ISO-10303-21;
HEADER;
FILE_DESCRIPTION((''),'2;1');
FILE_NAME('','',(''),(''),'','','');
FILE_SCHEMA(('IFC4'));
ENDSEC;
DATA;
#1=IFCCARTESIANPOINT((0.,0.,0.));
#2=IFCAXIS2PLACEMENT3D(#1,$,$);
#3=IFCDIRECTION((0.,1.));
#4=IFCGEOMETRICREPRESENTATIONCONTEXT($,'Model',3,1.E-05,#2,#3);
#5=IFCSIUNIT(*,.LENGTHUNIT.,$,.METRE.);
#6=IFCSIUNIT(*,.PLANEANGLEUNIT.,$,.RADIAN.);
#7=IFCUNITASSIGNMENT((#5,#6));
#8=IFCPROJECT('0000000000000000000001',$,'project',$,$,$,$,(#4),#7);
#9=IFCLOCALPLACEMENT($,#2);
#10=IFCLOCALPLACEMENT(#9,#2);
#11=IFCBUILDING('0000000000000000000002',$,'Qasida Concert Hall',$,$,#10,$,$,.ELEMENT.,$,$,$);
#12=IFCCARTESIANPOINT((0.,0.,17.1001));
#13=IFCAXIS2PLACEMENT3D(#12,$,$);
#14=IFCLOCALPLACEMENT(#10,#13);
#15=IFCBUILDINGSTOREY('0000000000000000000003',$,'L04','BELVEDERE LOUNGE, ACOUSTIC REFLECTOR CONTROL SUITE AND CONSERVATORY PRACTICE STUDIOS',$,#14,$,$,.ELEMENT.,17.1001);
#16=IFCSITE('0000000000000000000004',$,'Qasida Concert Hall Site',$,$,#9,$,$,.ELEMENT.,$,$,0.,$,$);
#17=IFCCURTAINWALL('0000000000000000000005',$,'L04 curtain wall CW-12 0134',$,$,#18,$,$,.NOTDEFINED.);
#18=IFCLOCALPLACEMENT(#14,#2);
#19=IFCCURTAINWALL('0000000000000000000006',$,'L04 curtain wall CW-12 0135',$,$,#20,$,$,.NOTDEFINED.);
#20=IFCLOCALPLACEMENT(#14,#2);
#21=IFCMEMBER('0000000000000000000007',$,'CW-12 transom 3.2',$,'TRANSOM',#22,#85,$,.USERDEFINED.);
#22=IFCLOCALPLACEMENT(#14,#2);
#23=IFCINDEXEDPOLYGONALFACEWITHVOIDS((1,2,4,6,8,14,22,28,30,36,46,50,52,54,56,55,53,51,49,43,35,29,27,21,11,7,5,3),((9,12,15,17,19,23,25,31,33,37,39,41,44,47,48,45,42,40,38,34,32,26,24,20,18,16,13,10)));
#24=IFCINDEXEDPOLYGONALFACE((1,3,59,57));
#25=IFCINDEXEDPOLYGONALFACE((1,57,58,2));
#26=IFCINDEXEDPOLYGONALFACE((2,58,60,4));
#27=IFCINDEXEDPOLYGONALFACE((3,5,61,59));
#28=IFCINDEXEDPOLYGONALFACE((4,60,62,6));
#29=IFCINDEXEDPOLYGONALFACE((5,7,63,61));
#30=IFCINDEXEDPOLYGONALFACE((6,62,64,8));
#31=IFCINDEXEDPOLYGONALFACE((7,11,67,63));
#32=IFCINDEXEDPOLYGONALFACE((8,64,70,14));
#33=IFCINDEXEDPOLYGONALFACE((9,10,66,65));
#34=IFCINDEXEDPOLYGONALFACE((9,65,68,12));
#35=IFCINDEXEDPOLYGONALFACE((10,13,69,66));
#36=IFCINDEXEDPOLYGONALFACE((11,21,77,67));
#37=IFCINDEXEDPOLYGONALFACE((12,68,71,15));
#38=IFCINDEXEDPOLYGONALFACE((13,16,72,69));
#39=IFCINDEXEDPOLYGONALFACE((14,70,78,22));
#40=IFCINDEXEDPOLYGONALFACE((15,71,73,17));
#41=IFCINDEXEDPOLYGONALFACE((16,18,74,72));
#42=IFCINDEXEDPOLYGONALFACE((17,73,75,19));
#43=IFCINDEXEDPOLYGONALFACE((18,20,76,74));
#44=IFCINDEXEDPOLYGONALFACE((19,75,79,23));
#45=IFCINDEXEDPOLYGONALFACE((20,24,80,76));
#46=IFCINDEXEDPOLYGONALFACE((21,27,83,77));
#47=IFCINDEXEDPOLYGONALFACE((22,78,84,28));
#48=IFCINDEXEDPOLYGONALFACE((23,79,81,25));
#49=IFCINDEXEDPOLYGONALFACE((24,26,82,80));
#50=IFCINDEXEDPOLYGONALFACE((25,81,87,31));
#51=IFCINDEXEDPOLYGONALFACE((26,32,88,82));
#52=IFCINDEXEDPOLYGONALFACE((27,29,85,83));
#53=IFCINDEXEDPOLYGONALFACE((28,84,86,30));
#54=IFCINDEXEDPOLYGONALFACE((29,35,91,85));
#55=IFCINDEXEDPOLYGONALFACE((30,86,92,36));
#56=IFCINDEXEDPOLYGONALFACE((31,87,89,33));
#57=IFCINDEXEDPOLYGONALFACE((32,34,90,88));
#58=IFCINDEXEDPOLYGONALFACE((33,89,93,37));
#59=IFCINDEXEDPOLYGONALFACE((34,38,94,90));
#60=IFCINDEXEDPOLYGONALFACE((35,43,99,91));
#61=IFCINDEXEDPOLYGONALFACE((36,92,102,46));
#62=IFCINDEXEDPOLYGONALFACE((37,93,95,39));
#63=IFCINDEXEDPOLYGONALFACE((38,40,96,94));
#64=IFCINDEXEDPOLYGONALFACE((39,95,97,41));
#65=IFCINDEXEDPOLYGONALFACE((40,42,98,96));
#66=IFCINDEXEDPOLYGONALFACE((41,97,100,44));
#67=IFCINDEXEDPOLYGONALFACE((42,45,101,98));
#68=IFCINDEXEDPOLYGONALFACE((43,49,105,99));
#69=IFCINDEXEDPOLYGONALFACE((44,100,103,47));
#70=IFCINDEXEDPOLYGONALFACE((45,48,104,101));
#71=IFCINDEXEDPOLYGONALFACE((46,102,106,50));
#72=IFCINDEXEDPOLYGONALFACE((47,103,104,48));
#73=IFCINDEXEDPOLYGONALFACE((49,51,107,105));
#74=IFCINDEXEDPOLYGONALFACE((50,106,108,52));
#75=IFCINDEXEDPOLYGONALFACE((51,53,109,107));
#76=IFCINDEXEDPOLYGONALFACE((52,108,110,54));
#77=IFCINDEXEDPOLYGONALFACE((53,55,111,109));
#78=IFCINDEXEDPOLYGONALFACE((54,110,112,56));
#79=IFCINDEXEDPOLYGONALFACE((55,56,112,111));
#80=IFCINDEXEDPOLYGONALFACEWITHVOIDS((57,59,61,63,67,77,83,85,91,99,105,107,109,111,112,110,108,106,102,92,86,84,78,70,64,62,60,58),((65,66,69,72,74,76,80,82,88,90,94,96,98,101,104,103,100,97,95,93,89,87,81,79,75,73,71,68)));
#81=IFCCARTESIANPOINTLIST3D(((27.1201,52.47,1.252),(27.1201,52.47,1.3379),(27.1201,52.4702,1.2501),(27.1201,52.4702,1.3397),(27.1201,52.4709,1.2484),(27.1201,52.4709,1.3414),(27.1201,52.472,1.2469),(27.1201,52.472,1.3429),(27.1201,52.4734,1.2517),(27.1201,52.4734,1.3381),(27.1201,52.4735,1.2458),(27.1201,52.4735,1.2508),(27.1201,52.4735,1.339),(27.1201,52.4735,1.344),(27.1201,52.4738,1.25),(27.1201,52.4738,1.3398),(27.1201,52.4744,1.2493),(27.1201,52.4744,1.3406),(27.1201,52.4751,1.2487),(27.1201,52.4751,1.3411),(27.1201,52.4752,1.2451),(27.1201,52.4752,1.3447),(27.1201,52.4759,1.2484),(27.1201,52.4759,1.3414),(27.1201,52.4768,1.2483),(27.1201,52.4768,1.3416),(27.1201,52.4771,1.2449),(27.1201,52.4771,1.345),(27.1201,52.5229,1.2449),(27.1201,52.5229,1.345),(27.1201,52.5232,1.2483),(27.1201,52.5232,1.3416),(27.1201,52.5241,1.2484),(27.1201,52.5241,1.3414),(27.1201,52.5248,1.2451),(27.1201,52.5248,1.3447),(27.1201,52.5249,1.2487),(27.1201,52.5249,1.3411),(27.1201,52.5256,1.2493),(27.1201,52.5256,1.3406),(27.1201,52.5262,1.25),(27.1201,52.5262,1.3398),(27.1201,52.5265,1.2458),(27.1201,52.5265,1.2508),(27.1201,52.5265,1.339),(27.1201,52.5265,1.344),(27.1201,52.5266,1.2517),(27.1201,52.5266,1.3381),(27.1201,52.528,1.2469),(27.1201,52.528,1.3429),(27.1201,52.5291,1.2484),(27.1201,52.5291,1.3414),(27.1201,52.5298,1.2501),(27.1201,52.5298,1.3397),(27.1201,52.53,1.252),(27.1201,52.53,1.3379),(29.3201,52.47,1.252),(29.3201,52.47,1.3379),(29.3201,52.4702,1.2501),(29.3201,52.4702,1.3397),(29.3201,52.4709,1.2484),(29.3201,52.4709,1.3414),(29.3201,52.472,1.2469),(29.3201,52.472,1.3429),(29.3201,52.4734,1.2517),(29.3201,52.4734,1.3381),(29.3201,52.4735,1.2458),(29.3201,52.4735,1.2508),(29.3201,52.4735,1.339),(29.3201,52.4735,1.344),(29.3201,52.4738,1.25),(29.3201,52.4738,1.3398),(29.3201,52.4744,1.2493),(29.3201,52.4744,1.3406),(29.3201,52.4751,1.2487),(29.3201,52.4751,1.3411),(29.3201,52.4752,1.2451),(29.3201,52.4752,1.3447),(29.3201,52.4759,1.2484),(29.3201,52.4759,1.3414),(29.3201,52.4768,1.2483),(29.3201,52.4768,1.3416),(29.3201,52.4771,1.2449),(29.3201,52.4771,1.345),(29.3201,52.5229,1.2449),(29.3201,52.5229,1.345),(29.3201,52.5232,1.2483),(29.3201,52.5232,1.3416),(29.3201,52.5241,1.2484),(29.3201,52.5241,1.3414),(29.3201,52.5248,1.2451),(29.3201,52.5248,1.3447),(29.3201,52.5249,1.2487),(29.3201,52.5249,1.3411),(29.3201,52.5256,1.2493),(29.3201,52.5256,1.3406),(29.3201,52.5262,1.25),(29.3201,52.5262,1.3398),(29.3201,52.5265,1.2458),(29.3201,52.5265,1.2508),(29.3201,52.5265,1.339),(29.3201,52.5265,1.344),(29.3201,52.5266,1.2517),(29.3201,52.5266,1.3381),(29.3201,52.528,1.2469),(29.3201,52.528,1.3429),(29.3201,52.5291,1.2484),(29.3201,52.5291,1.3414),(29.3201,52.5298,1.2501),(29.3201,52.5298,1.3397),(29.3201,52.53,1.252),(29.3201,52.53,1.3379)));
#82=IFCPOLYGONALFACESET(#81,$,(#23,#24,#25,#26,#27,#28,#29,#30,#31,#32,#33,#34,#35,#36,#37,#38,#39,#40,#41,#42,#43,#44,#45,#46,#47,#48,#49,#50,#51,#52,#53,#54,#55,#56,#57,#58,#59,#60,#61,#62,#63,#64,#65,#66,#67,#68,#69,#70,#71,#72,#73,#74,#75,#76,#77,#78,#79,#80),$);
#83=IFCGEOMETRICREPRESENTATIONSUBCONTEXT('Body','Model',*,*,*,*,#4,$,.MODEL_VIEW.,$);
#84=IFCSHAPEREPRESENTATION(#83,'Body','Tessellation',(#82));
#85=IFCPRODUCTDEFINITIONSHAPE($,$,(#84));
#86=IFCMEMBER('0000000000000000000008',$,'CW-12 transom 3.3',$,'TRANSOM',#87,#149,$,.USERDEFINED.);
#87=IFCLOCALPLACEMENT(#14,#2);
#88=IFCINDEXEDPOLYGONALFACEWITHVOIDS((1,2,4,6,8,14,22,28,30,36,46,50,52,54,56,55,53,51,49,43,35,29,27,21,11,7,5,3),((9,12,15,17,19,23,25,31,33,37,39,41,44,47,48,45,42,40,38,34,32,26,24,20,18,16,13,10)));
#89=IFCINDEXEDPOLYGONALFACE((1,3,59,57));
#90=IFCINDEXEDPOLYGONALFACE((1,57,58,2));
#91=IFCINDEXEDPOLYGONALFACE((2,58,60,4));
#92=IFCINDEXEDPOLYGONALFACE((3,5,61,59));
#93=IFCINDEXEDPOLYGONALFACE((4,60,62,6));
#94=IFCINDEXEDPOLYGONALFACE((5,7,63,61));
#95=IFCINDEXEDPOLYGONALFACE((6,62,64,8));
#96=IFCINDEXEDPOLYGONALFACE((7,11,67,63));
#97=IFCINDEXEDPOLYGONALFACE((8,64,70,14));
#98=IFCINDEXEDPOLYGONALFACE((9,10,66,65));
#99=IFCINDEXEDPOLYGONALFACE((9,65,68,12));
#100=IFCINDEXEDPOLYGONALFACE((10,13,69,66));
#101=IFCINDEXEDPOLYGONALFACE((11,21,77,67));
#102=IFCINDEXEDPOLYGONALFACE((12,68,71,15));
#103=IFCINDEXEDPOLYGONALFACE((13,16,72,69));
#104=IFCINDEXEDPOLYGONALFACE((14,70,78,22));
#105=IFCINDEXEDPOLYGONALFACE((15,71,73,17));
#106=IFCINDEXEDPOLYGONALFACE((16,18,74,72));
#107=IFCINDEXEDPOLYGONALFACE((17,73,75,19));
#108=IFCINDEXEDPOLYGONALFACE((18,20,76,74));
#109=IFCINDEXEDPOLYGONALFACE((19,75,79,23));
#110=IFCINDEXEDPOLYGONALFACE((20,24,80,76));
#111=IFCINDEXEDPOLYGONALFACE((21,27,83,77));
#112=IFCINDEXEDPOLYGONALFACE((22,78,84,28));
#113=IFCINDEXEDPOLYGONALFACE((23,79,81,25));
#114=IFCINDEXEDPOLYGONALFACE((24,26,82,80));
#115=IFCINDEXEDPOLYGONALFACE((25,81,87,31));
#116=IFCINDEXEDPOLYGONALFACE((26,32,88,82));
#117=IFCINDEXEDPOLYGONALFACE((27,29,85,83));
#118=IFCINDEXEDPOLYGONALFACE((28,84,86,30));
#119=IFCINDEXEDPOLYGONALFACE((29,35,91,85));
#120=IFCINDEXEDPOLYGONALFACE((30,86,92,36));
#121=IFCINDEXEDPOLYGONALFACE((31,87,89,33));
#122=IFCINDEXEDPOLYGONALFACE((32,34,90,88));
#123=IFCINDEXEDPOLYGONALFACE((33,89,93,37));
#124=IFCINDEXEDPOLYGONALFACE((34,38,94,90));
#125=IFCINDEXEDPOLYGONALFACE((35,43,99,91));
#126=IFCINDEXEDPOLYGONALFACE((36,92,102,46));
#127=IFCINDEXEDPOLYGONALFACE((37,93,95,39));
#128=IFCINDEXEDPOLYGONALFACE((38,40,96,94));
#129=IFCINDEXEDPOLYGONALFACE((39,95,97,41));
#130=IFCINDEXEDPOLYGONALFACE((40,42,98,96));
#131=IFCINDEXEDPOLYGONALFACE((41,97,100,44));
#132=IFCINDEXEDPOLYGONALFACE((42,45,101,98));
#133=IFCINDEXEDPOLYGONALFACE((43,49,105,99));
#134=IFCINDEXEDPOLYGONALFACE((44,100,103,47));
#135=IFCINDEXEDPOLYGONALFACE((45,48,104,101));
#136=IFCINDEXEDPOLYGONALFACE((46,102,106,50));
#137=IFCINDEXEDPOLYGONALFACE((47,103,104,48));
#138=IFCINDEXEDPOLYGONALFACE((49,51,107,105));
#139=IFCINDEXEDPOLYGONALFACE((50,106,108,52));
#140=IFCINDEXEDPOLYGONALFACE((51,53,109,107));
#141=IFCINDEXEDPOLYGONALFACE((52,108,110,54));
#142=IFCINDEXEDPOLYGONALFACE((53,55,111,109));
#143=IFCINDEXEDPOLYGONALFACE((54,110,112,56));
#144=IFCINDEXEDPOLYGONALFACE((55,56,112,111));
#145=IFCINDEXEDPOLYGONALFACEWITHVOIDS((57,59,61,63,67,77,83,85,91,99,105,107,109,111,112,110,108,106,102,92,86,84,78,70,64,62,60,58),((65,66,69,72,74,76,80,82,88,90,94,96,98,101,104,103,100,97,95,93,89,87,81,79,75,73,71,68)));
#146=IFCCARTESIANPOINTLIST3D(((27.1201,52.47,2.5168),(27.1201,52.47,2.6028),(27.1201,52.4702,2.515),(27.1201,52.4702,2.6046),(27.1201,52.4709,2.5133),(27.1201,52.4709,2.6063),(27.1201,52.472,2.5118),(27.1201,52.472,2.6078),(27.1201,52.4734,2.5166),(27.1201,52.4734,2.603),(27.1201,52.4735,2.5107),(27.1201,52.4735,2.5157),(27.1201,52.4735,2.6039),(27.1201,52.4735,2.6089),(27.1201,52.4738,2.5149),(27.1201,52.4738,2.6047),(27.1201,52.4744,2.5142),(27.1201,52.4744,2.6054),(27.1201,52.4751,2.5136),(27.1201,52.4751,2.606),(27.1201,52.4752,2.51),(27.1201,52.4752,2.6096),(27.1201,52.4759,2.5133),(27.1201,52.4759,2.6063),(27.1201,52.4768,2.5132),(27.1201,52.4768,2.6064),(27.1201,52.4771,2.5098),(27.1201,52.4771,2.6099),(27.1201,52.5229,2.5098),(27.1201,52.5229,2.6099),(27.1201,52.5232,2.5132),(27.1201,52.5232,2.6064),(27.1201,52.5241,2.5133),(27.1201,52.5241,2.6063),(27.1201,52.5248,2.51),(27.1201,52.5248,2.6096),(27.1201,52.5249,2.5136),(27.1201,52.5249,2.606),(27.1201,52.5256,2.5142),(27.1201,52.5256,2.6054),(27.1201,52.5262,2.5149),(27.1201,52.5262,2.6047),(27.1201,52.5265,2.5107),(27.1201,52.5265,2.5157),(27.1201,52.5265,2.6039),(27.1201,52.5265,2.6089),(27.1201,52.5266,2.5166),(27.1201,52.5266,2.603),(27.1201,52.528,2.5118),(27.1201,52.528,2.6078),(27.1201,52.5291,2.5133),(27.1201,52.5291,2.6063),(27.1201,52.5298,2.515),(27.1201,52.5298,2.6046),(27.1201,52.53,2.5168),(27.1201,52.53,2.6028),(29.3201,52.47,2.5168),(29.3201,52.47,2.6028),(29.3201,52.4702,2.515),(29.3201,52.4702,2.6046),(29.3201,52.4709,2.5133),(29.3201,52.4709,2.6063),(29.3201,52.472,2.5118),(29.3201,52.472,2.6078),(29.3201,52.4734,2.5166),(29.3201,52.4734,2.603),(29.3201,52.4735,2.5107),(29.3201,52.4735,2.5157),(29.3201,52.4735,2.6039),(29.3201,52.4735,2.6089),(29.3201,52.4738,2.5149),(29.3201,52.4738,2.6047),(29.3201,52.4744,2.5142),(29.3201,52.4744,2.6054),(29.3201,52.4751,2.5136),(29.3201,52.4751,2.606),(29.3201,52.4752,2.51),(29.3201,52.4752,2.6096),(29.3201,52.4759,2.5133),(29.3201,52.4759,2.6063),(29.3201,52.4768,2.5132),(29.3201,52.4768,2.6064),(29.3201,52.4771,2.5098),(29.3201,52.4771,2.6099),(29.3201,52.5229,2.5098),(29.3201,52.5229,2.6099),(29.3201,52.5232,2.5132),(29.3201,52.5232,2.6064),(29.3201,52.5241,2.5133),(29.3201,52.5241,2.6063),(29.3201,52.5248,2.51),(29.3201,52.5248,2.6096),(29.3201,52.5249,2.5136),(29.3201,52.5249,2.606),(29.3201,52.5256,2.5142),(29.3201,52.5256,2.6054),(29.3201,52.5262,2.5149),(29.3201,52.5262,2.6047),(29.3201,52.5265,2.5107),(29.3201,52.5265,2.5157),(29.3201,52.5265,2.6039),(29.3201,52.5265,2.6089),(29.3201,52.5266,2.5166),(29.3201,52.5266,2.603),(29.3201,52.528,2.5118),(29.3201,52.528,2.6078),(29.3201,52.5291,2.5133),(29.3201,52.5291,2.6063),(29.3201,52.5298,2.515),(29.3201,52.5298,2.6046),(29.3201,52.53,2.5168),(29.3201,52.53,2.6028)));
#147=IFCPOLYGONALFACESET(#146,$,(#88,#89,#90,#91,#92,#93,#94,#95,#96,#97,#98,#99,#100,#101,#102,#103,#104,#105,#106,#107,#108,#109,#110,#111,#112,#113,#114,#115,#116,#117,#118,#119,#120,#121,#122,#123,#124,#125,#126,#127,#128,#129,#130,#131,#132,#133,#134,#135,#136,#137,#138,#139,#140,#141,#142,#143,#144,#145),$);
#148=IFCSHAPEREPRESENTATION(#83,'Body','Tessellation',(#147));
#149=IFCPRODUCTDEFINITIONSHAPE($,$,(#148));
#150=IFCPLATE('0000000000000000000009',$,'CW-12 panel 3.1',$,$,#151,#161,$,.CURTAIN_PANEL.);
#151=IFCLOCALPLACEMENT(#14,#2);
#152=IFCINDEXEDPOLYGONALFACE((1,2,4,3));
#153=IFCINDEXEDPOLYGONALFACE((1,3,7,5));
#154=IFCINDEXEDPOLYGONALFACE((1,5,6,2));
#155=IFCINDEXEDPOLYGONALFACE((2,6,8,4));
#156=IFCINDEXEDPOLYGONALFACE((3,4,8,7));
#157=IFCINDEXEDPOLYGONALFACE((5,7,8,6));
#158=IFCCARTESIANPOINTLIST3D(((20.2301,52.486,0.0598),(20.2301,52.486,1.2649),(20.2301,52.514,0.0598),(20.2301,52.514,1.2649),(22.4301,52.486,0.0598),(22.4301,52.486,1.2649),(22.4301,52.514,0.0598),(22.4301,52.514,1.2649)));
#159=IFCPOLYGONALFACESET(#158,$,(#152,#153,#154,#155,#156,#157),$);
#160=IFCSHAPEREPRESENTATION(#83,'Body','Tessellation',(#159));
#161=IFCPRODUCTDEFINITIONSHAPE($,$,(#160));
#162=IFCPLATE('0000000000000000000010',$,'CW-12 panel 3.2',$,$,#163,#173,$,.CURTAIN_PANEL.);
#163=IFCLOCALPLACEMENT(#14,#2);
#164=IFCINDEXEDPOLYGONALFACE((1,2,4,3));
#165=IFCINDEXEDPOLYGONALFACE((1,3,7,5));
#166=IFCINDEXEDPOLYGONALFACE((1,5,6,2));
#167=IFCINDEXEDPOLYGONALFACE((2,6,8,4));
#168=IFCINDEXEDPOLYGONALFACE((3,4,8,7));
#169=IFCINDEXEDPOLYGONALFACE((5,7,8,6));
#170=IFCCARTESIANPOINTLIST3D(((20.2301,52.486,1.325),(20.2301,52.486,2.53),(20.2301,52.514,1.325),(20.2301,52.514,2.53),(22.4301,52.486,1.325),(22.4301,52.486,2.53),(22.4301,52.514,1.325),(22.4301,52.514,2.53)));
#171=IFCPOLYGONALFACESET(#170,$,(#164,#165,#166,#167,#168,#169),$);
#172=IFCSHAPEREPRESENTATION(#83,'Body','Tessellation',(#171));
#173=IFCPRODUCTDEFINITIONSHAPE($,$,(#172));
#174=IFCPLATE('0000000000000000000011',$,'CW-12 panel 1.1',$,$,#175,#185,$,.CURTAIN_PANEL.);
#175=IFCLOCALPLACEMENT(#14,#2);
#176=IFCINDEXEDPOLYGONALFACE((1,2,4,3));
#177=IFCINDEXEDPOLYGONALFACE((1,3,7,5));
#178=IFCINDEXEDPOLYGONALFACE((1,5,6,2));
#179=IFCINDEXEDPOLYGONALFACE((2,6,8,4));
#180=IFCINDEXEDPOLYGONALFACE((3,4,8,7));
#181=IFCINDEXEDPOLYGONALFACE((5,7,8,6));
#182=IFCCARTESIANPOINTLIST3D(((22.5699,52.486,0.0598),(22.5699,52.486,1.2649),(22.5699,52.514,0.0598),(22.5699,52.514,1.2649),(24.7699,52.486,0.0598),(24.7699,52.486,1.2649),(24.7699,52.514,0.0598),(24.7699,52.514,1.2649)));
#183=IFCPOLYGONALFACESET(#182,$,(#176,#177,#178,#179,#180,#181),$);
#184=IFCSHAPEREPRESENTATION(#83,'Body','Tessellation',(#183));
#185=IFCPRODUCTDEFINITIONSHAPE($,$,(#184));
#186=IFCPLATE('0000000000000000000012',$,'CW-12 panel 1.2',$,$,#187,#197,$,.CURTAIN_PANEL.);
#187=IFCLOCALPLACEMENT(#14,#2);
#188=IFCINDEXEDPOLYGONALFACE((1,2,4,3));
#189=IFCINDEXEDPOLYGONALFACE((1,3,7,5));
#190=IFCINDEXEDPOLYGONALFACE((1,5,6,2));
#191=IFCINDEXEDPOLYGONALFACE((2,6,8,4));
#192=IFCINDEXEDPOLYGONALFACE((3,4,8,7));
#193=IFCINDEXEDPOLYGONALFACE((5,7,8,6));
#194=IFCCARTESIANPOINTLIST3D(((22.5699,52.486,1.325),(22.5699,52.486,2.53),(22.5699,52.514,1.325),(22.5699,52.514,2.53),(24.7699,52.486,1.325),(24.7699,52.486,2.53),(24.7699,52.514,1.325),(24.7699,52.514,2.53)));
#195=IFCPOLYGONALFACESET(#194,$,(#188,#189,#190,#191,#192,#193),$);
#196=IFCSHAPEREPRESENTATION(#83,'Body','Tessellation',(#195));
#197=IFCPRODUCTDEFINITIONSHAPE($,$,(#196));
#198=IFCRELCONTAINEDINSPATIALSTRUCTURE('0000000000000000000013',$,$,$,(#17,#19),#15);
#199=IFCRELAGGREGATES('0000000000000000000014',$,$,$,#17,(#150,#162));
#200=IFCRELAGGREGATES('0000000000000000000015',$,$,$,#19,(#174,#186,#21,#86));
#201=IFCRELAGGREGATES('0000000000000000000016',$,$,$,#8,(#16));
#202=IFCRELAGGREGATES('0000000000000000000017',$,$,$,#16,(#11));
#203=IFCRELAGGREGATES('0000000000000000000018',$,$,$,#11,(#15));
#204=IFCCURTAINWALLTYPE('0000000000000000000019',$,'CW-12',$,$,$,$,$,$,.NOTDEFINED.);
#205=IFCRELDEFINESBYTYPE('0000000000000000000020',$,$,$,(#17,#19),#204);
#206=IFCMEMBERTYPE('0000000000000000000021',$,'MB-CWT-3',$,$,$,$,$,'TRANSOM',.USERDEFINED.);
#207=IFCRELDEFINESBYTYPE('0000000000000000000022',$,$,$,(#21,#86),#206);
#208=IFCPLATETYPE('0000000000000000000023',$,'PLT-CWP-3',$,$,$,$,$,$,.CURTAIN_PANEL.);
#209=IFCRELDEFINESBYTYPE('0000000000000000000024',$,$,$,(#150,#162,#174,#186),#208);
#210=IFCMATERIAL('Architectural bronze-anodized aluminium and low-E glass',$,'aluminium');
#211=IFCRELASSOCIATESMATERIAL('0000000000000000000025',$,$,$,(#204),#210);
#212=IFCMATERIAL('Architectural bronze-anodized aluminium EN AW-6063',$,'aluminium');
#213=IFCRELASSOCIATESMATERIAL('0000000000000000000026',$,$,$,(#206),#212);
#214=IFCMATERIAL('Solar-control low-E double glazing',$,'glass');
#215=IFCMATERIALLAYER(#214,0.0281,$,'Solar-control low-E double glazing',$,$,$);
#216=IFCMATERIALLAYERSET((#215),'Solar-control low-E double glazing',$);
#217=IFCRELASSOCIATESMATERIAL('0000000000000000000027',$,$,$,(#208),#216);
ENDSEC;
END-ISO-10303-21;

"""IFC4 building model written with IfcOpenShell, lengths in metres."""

from ifc_helpers import new_model, si_unit, direction, frame, origin, origin_2d, place, context, subcontext, project, spatial, rectangle, hollow_rectangle, extrude, material, layer, layer_set, material_profile, profile_set, type_object, element, aggregate, save


model = new_model("IFC4")

# Units and contexts
model_context = context("Model", 3, precision=1e-05, world=origin(), true_north=direction((0.0, 1.0)))
body_context = subcontext(model_context, "Body", "Model", "MODEL_VIEW")
ifc_project = project(units=[si_unit("LENGTHUNIT", "METRE"), si_unit("PLANEANGLEUNIT", "RADIAN")], contexts=[model_context])

# Site, building, storey
site_placement = place(None, origin())
site = spatial("IfcSite", under=ifc_project, at=site_placement, Name="Qasida Concert Hall Site", CompositionType="ELEMENT", RefElevation=0.0)
building_placement = place(site_placement, origin())
building = spatial("IfcBuilding", under=site, at=building_placement, Name="Qasida Concert Hall", CompositionType="ELEMENT")
storey_placement = place(building_placement, frame((0.0, 0.0, 17.1001)))
storey = spatial("IfcBuildingStorey", under=building, at=storey_placement, Name="L04", Description="BELVEDERE LOUNGE, ACOUSTIC REFLECTOR CONTROL SUITE AND CONSERVATORY PRACTICE STUDIOS", CompositionType="ELEMENT", Elevation=17.1001)

# Curtain wall
ifc_material_1 = material(Name="Architectural bronze-anodized aluminium and low-E glass", Category="aluminium")
curtain_wall_type = type_object("IfcCurtainWallType", Name="CW-12", PredefinedType="NOTDEFINED", material=ifc_material_1)
curtain_wall_1_placement = place(storey_placement, origin())
curtain_wall_1 = element("IfcCurtainWall", 1, at=curtain_wall_1_placement, inside=storey, type_object=curtain_wall_type, Name="L04 curtain wall CW-12 0134", PredefinedType="NOTDEFINED")
ifc_material_2 = material(Name="Architectural bronze-anodized aluminium EN AW-6063", Category="aluminium")

# Curtain wall
curtain_wall_2_placement = place(storey_placement, origin())
curtain_wall_2 = element("IfcCurtainWall", 2, at=curtain_wall_2_placement, inside=storey, type_object=curtain_wall_type, Name="L04 curtain wall CW-12 0135", PredefinedType="NOTDEFINED")

# Members
ifc_material_profile_1 = material_profile(ifc_material_2, hollow_rectangle(XDim=0.0601, YDim=0.1001, WallThickness=0.0034, InnerFilletRadius=0.0034, OuterFilletRadius=0.0071, at=origin_2d()), Name="CWT 100x60x3.5")
ifc_profile_set_1 = profile_set([ifc_material_profile_1], Name="Architectural bronze-anodized aluminium EN AW-6063")
member_type_1 = type_object("IfcMemberType", Name="MB-CWT-3", ElementType="TRANSOM", PredefinedType="USERDEFINED", material=ifc_profile_set_1)
member_1_placement = place(storey_placement, frame((27.1201, 52.5, 1.2949), z_axis=(1.0, 0.0, 0.0), x_axis=(0.0, 1.0, 0.0)))
member_1 = element("IfcMember", 3, at=member_1_placement, type_object=member_type_1, Name="CW-12 transom 3.2", ObjectType="TRANSOM", PredefinedType="USERDEFINED", context=body_context, shape_type="SweptSolid", body=[
    extrude(hollow_rectangle(XDim=0.0601, YDim=0.1001, WallThickness=0.0034, InnerFilletRadius=0.0034, OuterFilletRadius=0.0071, at=origin_2d()), origin(), (0.0, 0.0, 1.0), 2.2),
])
member_2_placement = place(storey_placement, frame((27.1201, 52.5, 2.5598), z_axis=(1.0, 0.0, 0.0), x_axis=(0.0, 1.0, 0.0)))
member_2 = element("IfcMember", 4, at=member_2_placement, type_object=member_type_1, Name="CW-12 transom 3.3", ObjectType="TRANSOM", PredefinedType="USERDEFINED", context=body_context, shape_type="SweptSolid", body=[
    extrude(hollow_rectangle(XDim=0.0601, YDim=0.1001, WallThickness=0.0034, InnerFilletRadius=0.0034, OuterFilletRadius=0.0071, at=origin_2d()), origin(), (0.0, 0.0, 1.0), 2.2),
])

# Plates
ifc_material_3 = material(Name="Solar-control low-E double glazing", Category="glass")
ifc_layer = layer(ifc_material_3, 0.0281, Name="Solar-control low-E double glazing")
ifc_layer_set = layer_set([ifc_layer], Name="Solar-control low-E double glazing")
plate_type = type_object("IfcPlateType", Name="PLT-CWP-3", PredefinedType="CURTAIN_PANEL", material=ifc_layer_set)
plate_1_placement = place(storey_placement, frame((21.3301, 52.5, 0.0598), z_axis=(0.0, 0.0, 1.0), x_axis=(1.0, 0.0, 0.0)))
plate_1 = element("IfcPlate", 5, at=plate_1_placement, type_object=plate_type, Name="CW-12 panel 3.1", PredefinedType="CURTAIN_PANEL", context=body_context, shape_type="SweptSolid", body=[
    extrude(rectangle(XDim=2.2, YDim=0.0281, at=origin_2d()), origin(), (0.0, 0.0, 1.0), 1.2051),
])
plate_2_placement = place(storey_placement, frame((21.3301, 52.5, 1.325), z_axis=(0.0, 0.0, 1.0), x_axis=(1.0, 0.0, 0.0)))
plate_2 = element("IfcPlate", 6, at=plate_2_placement, type_object=plate_type, Name="CW-12 panel 3.2", PredefinedType="CURTAIN_PANEL", context=body_context, shape_type="SweptSolid", body=[
    extrude(rectangle(XDim=2.2, YDim=0.0281, at=origin_2d()), origin(), (0.0, 0.0, 1.0), 1.2051),
])
aggregate(curtain_wall_1, [plate_1, plate_2])
plate_3_placement = place(storey_placement, frame((23.6699, 52.5, 0.0598), z_axis=(0.0, 0.0, 1.0), x_axis=(1.0, 0.0, 0.0)))
plate_3 = element("IfcPlate", 7, at=plate_3_placement, type_object=plate_type, Name="CW-12 panel 1.1", PredefinedType="CURTAIN_PANEL", context=body_context, shape_type="SweptSolid", body=[
    extrude(rectangle(XDim=2.2, YDim=0.0281, at=origin_2d()), origin(), (0.0, 0.0, 1.0), 1.2051),
])
plate_4_placement = place(storey_placement, frame((23.6699, 52.5, 1.325), z_axis=(0.0, 0.0, 1.0), x_axis=(1.0, 0.0, 0.0)))
plate_4 = element("IfcPlate", 8, at=plate_4_placement, type_object=plate_type, Name="CW-12 panel 1.2", PredefinedType="CURTAIN_PANEL", context=body_context, shape_type="SweptSolid", body=[
    extrude(rectangle(XDim=2.2, YDim=0.0281, at=origin_2d()), origin(), (0.0, 0.0, 1.0), 1.2051),
])
aggregate(curtain_wall_2, [plate_3, plate_4, member_1, member_2])

save(model, "model.ifc")
